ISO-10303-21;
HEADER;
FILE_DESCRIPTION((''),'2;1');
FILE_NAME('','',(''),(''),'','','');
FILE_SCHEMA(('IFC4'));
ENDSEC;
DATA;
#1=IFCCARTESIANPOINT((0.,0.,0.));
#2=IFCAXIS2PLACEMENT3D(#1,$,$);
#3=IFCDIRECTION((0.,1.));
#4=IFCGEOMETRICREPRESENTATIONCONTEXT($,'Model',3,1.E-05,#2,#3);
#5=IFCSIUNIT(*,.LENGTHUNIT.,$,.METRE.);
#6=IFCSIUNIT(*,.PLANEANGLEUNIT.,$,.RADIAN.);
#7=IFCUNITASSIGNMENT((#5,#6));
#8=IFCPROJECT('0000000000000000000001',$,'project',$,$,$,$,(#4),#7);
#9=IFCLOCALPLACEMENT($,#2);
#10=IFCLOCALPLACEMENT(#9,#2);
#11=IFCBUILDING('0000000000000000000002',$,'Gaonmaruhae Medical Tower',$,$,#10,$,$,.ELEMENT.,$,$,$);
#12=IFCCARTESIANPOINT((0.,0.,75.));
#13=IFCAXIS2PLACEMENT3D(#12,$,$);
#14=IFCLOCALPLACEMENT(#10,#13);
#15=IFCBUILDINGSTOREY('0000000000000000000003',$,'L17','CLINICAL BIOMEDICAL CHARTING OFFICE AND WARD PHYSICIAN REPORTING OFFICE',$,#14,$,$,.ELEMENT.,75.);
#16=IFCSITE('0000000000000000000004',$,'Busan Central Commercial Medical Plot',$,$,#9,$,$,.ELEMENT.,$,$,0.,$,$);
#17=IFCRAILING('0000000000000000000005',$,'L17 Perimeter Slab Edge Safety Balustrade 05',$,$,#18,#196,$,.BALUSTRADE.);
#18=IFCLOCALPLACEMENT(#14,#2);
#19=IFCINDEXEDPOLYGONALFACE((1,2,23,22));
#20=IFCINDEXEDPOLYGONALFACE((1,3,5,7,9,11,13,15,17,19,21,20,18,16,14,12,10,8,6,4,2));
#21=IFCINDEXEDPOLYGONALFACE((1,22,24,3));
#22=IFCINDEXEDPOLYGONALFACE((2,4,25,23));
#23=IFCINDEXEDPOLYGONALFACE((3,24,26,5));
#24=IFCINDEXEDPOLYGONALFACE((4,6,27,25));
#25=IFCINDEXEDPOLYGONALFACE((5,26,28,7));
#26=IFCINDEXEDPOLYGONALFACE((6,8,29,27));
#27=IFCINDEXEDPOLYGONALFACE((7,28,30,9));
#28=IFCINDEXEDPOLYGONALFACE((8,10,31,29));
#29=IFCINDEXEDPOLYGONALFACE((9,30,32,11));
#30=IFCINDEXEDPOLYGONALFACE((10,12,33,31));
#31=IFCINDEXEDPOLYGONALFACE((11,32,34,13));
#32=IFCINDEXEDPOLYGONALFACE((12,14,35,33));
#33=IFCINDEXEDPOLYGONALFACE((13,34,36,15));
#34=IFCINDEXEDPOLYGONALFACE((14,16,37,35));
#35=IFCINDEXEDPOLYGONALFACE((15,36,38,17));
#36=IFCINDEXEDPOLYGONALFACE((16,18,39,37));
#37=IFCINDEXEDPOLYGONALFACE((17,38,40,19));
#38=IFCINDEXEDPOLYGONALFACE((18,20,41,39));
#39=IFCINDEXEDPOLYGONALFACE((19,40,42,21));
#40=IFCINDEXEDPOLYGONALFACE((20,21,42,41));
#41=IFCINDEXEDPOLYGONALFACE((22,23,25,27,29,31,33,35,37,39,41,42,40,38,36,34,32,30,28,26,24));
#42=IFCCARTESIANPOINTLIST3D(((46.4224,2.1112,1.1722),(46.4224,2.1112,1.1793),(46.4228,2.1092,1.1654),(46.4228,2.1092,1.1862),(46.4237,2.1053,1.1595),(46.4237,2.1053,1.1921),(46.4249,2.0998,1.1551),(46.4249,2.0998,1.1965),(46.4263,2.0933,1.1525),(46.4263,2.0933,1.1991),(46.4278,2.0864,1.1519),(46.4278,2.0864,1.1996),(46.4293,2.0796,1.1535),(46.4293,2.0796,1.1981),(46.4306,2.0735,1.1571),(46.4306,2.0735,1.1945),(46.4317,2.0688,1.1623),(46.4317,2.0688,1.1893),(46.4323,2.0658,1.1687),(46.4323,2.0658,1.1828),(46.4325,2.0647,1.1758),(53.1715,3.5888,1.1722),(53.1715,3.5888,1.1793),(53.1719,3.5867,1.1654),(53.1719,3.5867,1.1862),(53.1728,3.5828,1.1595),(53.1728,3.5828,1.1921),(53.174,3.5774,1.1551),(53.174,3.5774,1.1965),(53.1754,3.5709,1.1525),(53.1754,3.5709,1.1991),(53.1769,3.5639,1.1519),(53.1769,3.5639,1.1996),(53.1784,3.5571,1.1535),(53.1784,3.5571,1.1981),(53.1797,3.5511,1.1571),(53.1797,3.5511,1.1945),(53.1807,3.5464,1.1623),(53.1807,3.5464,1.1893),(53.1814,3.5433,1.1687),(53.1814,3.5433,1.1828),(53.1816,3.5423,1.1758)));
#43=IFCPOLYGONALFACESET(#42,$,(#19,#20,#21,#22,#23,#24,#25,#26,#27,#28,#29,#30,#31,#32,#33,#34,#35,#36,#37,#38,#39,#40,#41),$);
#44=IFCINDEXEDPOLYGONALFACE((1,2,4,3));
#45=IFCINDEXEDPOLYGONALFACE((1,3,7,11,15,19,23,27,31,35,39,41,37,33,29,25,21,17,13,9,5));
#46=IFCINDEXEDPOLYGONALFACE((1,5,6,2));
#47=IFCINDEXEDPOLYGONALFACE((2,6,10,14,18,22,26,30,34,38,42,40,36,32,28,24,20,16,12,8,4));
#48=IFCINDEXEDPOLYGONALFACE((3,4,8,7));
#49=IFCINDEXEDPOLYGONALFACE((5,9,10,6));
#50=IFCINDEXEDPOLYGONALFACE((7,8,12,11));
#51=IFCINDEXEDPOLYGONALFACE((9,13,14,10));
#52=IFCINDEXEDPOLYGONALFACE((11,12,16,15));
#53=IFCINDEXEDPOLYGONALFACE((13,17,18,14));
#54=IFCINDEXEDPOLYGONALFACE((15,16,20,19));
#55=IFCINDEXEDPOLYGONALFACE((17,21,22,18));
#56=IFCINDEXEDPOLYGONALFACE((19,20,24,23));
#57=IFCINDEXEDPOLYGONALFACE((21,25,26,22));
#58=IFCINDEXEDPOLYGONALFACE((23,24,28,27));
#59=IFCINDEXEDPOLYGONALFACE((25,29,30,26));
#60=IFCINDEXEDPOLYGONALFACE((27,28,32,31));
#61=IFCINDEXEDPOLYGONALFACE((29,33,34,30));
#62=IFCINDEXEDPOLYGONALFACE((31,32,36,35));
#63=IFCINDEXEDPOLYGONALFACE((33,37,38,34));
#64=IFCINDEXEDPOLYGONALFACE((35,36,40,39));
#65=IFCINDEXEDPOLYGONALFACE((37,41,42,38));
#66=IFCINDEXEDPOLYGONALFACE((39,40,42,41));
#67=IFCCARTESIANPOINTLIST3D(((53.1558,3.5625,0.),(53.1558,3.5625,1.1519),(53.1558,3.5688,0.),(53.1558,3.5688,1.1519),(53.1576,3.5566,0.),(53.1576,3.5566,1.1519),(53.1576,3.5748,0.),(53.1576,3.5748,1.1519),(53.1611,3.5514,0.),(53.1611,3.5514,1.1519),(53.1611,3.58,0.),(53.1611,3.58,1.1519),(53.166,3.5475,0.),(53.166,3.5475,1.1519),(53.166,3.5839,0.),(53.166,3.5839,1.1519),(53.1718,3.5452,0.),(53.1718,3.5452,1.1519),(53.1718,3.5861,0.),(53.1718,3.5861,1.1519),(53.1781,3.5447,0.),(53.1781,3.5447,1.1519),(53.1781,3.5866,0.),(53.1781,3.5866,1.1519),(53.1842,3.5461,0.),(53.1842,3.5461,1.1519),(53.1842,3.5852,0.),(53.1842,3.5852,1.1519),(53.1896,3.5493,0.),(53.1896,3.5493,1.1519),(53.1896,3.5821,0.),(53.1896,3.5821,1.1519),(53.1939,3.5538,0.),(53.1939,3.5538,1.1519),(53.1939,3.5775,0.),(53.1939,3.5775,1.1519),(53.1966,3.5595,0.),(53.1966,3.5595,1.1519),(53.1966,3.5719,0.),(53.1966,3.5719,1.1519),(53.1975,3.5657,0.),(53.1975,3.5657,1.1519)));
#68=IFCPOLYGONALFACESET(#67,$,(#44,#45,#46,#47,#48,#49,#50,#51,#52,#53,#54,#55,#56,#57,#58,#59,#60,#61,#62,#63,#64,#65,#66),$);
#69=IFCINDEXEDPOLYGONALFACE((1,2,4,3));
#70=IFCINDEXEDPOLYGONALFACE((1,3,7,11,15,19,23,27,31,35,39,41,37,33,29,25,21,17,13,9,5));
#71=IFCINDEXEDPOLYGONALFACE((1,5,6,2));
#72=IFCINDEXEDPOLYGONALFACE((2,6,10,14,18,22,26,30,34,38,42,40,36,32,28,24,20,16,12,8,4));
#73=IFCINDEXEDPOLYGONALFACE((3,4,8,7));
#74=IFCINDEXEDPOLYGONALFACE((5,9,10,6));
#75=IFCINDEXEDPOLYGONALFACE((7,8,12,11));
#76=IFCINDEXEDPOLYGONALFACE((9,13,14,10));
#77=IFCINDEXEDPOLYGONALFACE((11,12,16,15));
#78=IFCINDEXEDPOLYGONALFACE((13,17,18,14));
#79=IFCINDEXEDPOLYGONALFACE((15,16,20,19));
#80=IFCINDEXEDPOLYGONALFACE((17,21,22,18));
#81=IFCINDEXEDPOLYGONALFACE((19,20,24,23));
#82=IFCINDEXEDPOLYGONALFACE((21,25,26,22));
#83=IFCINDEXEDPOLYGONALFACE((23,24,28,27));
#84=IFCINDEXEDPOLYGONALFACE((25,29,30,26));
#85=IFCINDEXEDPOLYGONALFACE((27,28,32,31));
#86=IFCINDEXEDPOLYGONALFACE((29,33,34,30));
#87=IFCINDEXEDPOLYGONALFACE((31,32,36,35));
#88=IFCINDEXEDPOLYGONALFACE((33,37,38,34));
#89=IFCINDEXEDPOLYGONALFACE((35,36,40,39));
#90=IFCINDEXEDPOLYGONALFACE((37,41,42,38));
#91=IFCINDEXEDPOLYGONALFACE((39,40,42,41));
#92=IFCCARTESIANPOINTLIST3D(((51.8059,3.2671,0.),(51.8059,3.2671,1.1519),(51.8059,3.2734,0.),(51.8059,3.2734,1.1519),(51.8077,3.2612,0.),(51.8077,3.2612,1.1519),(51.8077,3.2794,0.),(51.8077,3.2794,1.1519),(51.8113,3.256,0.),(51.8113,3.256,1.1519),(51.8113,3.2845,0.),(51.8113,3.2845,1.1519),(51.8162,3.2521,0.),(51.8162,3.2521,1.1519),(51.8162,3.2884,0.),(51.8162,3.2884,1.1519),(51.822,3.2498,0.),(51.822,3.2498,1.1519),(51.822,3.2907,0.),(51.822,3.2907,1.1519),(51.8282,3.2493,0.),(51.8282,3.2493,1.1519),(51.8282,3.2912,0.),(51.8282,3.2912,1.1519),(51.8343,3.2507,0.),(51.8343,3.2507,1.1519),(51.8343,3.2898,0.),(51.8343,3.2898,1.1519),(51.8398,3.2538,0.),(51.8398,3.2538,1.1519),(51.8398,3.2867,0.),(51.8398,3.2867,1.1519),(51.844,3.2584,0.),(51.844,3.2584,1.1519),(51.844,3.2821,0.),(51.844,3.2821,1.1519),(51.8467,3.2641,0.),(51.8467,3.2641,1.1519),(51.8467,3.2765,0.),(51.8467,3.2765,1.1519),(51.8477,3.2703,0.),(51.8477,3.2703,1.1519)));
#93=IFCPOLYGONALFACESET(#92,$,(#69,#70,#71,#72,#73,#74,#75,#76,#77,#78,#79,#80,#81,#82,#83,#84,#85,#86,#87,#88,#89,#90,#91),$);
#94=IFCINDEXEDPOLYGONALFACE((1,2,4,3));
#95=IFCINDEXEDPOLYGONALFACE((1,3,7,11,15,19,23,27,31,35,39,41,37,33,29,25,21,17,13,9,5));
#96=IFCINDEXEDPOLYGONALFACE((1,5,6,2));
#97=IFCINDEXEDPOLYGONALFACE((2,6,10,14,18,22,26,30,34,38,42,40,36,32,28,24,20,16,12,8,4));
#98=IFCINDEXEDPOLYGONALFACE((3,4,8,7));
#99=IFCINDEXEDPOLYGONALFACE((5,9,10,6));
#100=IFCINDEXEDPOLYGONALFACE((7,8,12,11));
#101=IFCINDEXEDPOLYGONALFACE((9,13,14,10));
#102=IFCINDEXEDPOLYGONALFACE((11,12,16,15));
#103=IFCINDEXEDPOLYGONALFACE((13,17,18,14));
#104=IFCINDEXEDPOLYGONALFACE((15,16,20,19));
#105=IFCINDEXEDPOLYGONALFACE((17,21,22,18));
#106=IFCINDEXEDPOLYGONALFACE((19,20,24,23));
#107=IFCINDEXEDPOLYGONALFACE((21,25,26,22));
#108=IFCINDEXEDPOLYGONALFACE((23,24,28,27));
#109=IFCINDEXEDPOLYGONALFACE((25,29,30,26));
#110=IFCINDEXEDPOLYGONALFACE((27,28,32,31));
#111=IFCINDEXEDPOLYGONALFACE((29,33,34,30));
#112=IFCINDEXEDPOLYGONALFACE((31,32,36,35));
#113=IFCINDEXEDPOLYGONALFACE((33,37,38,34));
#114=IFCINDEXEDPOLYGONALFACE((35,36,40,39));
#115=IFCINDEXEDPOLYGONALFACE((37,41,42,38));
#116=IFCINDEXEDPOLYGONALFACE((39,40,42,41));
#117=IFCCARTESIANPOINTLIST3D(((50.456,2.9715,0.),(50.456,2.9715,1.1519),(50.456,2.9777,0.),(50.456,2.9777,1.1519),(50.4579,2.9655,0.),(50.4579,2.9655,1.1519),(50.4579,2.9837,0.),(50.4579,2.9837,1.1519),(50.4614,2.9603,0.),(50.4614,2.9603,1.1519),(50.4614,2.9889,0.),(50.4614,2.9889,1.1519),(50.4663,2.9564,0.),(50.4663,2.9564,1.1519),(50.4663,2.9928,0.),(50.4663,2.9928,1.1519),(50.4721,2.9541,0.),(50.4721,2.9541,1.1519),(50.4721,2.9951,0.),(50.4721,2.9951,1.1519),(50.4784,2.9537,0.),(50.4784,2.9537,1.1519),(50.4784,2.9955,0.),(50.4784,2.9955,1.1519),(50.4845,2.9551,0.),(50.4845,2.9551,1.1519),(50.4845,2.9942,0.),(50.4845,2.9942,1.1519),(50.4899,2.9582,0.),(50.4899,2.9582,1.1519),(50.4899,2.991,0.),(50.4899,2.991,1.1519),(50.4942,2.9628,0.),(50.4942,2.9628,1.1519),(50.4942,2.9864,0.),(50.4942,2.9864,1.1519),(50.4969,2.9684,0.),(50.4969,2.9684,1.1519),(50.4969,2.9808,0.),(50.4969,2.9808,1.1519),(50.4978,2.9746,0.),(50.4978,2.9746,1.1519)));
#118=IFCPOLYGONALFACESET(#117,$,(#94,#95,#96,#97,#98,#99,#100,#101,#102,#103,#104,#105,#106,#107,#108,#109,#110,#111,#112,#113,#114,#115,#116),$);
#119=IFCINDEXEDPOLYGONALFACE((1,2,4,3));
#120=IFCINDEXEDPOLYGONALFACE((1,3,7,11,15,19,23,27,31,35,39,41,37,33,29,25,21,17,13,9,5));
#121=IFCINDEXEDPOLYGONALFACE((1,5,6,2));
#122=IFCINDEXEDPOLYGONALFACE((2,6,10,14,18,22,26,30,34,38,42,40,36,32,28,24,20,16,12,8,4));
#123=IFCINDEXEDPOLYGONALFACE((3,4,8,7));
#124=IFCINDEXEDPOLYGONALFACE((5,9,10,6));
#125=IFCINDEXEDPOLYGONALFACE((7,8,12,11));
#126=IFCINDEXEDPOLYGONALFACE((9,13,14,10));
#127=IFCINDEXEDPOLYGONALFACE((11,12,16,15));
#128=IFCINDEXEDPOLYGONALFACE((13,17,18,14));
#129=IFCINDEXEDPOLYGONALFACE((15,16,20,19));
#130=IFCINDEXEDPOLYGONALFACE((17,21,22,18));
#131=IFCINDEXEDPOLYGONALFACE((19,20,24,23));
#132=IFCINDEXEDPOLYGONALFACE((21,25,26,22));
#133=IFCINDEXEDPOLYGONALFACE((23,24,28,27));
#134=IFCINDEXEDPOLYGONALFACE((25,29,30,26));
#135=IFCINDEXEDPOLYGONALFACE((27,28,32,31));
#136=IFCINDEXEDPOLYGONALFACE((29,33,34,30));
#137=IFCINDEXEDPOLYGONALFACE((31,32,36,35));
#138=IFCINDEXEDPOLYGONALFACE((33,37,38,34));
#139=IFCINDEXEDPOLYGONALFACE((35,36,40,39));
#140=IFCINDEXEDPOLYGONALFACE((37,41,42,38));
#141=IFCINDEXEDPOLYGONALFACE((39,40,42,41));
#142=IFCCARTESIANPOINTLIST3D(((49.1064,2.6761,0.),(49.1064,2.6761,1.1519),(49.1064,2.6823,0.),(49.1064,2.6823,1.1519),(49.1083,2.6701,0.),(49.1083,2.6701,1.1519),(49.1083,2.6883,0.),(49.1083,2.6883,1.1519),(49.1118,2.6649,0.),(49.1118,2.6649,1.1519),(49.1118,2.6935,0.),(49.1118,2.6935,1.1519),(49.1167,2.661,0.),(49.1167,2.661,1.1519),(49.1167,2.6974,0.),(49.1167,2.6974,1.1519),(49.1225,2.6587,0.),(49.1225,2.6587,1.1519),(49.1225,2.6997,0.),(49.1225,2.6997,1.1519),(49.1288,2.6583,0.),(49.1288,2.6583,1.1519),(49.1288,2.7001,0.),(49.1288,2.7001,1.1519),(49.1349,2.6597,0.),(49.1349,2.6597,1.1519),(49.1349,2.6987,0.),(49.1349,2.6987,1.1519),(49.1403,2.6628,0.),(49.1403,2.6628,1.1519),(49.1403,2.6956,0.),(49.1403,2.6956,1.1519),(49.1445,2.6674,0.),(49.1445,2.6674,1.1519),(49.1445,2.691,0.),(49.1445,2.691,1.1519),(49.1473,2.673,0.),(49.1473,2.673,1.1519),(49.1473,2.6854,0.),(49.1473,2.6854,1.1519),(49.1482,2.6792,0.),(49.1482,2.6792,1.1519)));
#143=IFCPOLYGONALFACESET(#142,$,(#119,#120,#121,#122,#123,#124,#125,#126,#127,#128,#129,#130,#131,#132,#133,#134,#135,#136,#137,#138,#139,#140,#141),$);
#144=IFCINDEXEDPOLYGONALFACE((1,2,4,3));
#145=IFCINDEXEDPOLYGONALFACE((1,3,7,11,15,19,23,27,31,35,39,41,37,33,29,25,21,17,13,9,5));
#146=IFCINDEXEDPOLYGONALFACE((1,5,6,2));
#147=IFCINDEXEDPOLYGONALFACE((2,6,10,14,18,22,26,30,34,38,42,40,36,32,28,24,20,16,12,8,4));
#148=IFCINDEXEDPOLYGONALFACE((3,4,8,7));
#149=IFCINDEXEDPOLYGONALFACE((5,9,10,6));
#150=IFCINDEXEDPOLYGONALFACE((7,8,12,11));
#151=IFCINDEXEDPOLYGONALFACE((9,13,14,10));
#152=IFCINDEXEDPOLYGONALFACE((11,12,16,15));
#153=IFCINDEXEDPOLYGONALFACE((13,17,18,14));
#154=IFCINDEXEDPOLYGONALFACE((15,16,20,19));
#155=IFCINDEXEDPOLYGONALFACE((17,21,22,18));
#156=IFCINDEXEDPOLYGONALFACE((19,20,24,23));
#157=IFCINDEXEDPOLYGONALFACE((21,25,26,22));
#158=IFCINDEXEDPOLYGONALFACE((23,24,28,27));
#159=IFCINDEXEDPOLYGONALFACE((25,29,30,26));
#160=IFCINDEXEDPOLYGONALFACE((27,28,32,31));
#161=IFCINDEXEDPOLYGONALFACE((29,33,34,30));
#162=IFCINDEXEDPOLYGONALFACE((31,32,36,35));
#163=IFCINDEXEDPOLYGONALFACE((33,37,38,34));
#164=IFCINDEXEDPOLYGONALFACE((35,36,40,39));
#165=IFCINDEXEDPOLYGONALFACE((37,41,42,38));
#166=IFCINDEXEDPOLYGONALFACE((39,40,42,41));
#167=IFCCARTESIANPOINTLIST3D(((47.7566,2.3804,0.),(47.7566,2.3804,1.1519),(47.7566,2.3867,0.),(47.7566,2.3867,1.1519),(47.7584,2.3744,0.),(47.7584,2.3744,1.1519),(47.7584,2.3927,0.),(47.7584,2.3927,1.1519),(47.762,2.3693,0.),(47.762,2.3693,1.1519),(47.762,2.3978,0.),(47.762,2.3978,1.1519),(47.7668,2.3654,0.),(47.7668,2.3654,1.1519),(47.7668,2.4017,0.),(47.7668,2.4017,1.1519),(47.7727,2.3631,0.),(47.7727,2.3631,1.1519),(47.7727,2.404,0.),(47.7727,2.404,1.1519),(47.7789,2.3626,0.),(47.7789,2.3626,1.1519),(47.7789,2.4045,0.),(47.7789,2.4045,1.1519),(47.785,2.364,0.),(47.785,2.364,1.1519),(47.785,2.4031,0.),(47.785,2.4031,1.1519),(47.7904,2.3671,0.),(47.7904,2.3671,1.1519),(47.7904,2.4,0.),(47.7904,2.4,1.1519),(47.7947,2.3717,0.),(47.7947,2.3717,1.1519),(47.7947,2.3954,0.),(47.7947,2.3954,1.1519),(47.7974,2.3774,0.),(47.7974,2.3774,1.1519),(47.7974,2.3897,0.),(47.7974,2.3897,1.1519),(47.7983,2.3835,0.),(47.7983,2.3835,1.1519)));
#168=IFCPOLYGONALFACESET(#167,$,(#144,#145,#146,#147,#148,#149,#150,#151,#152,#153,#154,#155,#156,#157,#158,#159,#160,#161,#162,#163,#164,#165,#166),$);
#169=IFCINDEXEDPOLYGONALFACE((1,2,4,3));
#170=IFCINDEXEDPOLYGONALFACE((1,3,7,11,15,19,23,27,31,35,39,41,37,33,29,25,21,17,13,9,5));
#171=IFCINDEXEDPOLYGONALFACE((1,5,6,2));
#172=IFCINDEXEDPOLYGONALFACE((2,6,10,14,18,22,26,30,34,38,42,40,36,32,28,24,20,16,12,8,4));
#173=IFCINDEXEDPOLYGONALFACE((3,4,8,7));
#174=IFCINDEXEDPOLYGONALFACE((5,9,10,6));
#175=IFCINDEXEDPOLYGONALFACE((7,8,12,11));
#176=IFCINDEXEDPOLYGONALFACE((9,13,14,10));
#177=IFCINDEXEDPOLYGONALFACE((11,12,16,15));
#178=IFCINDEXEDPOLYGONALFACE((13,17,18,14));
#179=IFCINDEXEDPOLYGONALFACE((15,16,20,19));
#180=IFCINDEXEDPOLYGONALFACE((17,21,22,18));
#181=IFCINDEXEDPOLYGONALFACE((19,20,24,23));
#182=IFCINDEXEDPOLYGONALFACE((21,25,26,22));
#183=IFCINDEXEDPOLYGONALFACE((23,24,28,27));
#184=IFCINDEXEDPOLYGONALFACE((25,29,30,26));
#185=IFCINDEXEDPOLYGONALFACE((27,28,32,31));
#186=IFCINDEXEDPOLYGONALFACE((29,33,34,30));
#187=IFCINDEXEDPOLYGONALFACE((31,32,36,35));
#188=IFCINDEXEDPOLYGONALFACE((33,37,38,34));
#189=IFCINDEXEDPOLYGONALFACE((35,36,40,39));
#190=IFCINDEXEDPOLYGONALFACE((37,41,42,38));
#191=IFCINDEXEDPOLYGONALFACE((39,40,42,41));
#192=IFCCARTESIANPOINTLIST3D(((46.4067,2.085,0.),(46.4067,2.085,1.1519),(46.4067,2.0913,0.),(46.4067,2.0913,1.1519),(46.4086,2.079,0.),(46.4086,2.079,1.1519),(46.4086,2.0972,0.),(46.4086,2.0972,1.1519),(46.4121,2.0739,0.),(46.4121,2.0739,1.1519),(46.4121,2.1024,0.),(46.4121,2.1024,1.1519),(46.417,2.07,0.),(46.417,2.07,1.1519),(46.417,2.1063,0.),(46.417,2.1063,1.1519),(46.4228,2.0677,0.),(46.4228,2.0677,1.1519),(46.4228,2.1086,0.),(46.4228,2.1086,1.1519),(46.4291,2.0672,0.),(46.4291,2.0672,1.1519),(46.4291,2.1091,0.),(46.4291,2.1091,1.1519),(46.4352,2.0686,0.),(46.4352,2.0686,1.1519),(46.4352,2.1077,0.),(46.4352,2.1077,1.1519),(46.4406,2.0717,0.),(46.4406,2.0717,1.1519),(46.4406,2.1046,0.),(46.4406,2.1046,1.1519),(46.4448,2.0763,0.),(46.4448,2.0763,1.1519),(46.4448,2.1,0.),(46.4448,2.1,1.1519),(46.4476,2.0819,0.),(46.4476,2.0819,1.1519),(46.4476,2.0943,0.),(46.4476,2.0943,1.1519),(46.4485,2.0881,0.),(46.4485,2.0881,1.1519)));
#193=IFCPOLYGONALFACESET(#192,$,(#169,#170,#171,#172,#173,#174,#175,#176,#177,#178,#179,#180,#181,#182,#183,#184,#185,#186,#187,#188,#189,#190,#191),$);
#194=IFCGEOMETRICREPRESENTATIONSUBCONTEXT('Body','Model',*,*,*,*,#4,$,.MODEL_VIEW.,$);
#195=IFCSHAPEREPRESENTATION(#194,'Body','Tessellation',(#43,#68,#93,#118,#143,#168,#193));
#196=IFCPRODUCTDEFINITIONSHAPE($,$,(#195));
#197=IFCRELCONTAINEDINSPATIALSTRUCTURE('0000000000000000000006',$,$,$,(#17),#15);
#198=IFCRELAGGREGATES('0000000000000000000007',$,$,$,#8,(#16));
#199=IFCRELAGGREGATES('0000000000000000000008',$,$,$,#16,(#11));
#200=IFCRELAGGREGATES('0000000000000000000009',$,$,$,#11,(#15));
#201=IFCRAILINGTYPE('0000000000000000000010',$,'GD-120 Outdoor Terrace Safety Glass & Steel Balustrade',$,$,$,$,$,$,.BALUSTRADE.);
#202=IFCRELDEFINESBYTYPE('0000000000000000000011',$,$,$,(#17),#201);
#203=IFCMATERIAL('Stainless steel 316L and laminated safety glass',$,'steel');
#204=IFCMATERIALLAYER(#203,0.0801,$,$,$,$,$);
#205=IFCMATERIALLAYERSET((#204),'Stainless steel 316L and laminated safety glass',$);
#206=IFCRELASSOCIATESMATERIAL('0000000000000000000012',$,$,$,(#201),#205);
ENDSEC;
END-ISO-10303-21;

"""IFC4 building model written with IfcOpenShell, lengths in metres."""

from ifc_helpers import new_model, si_unit, direction, frame, origin, origin_2d, place, context, subcontext, project, spatial, circle, extrude, material, layer, layer_set, type_object, element, save


model = new_model("IFC4")

# Units and contexts
model_context = context("Model", 3, precision=1e-05, world=origin(), true_north=direction((0.0, 1.0)))
body_context = subcontext(model_context, "Body", "Model", "MODEL_VIEW")
ifc_project = project(units=[si_unit("LENGTHUNIT", "METRE"), si_unit("PLANEANGLEUNIT", "RADIAN")], contexts=[model_context])

# Site, building, storey
site_placement = place(None, origin())
site = spatial("IfcSite", under=ifc_project, at=site_placement, Name="Busan Central Commercial Medical Plot", CompositionType="ELEMENT", RefElevation=0.0)
building_placement = place(site_placement, origin())
building = spatial("IfcBuilding", under=site, at=building_placement, Name="Gaonmaruhae Medical Tower", CompositionType="ELEMENT")
storey_placement = place(building_placement, frame((0.0, 0.0, 75.0)))
storey = spatial("IfcBuildingStorey", under=building, at=storey_placement, Name="L17", Description="CLINICAL BIOMEDICAL CHARTING OFFICE AND WARD PHYSICIAN REPORTING OFFICE", CompositionType="ELEMENT", Elevation=75.0)

# Railing
ifc_material_1 = material(Name="Stainless steel 316L and laminated safety glass", Category="steel")
ifc_layer_1 = layer(ifc_material_1, 0.0801)
ifc_layer_set_1 = layer_set([ifc_layer_1], Name="Stainless steel 316L and laminated safety glass")
railing_type = type_object("IfcRailingType", Name="GD-120 Outdoor Terrace Safety Glass & Steel Balustrade", PredefinedType="BALUSTRADE", material=ifc_layer_set_1)
railing_1_placement = place(storey_placement, frame((53.1765, 3.5657, 0.0)))
element("IfcRailing", 1, at=railing_1_placement, inside=storey, type_object=railing_type, Name="L17 Perimeter Slab Edge Safety Balustrade 05", PredefinedType="BALUSTRADE", context=body_context, shape_type="SweptSolid", body=[
    extrude(circle(Radius=0.0239, at=origin_2d()), frame((0.0, 0.0, 1.1758), z_axis=(-0.976864, -0.213861, 0.0), x_axis=(0.213861, -0.976864, 0.0)), (0.0, 0.0, 1.0), 6.9089),
    extrude(circle(Radius=0.021, at=origin_2d()), origin(), (0.0, 0.0, 1.0), 1.1519),
    extrude(circle(Radius=0.021, at=origin_2d()), frame((-1.3499, -0.2954, 0.0)), (0.0, 0.0, 1.0), 1.1519),
    extrude(circle(Radius=0.021, at=origin_2d()), frame((-2.6997, -0.5911, 0.0)), (0.0, 0.0, 1.0), 1.1519),
    extrude(circle(Radius=0.021, at=origin_2d()), frame((-4.0493, -0.8865, 0.0)), (0.0, 0.0, 1.0), 1.1519),
    extrude(circle(Radius=0.021, at=origin_2d()), frame((-5.3992, -1.1821, 0.0)), (0.0, 0.0, 1.0), 1.1519),
    extrude(circle(Radius=0.021, at=origin_2d()), frame((-6.749, -1.4775, 0.0)), (0.0, 0.0, 1.0), 1.1519),
])

save(model, "model.ifc")
